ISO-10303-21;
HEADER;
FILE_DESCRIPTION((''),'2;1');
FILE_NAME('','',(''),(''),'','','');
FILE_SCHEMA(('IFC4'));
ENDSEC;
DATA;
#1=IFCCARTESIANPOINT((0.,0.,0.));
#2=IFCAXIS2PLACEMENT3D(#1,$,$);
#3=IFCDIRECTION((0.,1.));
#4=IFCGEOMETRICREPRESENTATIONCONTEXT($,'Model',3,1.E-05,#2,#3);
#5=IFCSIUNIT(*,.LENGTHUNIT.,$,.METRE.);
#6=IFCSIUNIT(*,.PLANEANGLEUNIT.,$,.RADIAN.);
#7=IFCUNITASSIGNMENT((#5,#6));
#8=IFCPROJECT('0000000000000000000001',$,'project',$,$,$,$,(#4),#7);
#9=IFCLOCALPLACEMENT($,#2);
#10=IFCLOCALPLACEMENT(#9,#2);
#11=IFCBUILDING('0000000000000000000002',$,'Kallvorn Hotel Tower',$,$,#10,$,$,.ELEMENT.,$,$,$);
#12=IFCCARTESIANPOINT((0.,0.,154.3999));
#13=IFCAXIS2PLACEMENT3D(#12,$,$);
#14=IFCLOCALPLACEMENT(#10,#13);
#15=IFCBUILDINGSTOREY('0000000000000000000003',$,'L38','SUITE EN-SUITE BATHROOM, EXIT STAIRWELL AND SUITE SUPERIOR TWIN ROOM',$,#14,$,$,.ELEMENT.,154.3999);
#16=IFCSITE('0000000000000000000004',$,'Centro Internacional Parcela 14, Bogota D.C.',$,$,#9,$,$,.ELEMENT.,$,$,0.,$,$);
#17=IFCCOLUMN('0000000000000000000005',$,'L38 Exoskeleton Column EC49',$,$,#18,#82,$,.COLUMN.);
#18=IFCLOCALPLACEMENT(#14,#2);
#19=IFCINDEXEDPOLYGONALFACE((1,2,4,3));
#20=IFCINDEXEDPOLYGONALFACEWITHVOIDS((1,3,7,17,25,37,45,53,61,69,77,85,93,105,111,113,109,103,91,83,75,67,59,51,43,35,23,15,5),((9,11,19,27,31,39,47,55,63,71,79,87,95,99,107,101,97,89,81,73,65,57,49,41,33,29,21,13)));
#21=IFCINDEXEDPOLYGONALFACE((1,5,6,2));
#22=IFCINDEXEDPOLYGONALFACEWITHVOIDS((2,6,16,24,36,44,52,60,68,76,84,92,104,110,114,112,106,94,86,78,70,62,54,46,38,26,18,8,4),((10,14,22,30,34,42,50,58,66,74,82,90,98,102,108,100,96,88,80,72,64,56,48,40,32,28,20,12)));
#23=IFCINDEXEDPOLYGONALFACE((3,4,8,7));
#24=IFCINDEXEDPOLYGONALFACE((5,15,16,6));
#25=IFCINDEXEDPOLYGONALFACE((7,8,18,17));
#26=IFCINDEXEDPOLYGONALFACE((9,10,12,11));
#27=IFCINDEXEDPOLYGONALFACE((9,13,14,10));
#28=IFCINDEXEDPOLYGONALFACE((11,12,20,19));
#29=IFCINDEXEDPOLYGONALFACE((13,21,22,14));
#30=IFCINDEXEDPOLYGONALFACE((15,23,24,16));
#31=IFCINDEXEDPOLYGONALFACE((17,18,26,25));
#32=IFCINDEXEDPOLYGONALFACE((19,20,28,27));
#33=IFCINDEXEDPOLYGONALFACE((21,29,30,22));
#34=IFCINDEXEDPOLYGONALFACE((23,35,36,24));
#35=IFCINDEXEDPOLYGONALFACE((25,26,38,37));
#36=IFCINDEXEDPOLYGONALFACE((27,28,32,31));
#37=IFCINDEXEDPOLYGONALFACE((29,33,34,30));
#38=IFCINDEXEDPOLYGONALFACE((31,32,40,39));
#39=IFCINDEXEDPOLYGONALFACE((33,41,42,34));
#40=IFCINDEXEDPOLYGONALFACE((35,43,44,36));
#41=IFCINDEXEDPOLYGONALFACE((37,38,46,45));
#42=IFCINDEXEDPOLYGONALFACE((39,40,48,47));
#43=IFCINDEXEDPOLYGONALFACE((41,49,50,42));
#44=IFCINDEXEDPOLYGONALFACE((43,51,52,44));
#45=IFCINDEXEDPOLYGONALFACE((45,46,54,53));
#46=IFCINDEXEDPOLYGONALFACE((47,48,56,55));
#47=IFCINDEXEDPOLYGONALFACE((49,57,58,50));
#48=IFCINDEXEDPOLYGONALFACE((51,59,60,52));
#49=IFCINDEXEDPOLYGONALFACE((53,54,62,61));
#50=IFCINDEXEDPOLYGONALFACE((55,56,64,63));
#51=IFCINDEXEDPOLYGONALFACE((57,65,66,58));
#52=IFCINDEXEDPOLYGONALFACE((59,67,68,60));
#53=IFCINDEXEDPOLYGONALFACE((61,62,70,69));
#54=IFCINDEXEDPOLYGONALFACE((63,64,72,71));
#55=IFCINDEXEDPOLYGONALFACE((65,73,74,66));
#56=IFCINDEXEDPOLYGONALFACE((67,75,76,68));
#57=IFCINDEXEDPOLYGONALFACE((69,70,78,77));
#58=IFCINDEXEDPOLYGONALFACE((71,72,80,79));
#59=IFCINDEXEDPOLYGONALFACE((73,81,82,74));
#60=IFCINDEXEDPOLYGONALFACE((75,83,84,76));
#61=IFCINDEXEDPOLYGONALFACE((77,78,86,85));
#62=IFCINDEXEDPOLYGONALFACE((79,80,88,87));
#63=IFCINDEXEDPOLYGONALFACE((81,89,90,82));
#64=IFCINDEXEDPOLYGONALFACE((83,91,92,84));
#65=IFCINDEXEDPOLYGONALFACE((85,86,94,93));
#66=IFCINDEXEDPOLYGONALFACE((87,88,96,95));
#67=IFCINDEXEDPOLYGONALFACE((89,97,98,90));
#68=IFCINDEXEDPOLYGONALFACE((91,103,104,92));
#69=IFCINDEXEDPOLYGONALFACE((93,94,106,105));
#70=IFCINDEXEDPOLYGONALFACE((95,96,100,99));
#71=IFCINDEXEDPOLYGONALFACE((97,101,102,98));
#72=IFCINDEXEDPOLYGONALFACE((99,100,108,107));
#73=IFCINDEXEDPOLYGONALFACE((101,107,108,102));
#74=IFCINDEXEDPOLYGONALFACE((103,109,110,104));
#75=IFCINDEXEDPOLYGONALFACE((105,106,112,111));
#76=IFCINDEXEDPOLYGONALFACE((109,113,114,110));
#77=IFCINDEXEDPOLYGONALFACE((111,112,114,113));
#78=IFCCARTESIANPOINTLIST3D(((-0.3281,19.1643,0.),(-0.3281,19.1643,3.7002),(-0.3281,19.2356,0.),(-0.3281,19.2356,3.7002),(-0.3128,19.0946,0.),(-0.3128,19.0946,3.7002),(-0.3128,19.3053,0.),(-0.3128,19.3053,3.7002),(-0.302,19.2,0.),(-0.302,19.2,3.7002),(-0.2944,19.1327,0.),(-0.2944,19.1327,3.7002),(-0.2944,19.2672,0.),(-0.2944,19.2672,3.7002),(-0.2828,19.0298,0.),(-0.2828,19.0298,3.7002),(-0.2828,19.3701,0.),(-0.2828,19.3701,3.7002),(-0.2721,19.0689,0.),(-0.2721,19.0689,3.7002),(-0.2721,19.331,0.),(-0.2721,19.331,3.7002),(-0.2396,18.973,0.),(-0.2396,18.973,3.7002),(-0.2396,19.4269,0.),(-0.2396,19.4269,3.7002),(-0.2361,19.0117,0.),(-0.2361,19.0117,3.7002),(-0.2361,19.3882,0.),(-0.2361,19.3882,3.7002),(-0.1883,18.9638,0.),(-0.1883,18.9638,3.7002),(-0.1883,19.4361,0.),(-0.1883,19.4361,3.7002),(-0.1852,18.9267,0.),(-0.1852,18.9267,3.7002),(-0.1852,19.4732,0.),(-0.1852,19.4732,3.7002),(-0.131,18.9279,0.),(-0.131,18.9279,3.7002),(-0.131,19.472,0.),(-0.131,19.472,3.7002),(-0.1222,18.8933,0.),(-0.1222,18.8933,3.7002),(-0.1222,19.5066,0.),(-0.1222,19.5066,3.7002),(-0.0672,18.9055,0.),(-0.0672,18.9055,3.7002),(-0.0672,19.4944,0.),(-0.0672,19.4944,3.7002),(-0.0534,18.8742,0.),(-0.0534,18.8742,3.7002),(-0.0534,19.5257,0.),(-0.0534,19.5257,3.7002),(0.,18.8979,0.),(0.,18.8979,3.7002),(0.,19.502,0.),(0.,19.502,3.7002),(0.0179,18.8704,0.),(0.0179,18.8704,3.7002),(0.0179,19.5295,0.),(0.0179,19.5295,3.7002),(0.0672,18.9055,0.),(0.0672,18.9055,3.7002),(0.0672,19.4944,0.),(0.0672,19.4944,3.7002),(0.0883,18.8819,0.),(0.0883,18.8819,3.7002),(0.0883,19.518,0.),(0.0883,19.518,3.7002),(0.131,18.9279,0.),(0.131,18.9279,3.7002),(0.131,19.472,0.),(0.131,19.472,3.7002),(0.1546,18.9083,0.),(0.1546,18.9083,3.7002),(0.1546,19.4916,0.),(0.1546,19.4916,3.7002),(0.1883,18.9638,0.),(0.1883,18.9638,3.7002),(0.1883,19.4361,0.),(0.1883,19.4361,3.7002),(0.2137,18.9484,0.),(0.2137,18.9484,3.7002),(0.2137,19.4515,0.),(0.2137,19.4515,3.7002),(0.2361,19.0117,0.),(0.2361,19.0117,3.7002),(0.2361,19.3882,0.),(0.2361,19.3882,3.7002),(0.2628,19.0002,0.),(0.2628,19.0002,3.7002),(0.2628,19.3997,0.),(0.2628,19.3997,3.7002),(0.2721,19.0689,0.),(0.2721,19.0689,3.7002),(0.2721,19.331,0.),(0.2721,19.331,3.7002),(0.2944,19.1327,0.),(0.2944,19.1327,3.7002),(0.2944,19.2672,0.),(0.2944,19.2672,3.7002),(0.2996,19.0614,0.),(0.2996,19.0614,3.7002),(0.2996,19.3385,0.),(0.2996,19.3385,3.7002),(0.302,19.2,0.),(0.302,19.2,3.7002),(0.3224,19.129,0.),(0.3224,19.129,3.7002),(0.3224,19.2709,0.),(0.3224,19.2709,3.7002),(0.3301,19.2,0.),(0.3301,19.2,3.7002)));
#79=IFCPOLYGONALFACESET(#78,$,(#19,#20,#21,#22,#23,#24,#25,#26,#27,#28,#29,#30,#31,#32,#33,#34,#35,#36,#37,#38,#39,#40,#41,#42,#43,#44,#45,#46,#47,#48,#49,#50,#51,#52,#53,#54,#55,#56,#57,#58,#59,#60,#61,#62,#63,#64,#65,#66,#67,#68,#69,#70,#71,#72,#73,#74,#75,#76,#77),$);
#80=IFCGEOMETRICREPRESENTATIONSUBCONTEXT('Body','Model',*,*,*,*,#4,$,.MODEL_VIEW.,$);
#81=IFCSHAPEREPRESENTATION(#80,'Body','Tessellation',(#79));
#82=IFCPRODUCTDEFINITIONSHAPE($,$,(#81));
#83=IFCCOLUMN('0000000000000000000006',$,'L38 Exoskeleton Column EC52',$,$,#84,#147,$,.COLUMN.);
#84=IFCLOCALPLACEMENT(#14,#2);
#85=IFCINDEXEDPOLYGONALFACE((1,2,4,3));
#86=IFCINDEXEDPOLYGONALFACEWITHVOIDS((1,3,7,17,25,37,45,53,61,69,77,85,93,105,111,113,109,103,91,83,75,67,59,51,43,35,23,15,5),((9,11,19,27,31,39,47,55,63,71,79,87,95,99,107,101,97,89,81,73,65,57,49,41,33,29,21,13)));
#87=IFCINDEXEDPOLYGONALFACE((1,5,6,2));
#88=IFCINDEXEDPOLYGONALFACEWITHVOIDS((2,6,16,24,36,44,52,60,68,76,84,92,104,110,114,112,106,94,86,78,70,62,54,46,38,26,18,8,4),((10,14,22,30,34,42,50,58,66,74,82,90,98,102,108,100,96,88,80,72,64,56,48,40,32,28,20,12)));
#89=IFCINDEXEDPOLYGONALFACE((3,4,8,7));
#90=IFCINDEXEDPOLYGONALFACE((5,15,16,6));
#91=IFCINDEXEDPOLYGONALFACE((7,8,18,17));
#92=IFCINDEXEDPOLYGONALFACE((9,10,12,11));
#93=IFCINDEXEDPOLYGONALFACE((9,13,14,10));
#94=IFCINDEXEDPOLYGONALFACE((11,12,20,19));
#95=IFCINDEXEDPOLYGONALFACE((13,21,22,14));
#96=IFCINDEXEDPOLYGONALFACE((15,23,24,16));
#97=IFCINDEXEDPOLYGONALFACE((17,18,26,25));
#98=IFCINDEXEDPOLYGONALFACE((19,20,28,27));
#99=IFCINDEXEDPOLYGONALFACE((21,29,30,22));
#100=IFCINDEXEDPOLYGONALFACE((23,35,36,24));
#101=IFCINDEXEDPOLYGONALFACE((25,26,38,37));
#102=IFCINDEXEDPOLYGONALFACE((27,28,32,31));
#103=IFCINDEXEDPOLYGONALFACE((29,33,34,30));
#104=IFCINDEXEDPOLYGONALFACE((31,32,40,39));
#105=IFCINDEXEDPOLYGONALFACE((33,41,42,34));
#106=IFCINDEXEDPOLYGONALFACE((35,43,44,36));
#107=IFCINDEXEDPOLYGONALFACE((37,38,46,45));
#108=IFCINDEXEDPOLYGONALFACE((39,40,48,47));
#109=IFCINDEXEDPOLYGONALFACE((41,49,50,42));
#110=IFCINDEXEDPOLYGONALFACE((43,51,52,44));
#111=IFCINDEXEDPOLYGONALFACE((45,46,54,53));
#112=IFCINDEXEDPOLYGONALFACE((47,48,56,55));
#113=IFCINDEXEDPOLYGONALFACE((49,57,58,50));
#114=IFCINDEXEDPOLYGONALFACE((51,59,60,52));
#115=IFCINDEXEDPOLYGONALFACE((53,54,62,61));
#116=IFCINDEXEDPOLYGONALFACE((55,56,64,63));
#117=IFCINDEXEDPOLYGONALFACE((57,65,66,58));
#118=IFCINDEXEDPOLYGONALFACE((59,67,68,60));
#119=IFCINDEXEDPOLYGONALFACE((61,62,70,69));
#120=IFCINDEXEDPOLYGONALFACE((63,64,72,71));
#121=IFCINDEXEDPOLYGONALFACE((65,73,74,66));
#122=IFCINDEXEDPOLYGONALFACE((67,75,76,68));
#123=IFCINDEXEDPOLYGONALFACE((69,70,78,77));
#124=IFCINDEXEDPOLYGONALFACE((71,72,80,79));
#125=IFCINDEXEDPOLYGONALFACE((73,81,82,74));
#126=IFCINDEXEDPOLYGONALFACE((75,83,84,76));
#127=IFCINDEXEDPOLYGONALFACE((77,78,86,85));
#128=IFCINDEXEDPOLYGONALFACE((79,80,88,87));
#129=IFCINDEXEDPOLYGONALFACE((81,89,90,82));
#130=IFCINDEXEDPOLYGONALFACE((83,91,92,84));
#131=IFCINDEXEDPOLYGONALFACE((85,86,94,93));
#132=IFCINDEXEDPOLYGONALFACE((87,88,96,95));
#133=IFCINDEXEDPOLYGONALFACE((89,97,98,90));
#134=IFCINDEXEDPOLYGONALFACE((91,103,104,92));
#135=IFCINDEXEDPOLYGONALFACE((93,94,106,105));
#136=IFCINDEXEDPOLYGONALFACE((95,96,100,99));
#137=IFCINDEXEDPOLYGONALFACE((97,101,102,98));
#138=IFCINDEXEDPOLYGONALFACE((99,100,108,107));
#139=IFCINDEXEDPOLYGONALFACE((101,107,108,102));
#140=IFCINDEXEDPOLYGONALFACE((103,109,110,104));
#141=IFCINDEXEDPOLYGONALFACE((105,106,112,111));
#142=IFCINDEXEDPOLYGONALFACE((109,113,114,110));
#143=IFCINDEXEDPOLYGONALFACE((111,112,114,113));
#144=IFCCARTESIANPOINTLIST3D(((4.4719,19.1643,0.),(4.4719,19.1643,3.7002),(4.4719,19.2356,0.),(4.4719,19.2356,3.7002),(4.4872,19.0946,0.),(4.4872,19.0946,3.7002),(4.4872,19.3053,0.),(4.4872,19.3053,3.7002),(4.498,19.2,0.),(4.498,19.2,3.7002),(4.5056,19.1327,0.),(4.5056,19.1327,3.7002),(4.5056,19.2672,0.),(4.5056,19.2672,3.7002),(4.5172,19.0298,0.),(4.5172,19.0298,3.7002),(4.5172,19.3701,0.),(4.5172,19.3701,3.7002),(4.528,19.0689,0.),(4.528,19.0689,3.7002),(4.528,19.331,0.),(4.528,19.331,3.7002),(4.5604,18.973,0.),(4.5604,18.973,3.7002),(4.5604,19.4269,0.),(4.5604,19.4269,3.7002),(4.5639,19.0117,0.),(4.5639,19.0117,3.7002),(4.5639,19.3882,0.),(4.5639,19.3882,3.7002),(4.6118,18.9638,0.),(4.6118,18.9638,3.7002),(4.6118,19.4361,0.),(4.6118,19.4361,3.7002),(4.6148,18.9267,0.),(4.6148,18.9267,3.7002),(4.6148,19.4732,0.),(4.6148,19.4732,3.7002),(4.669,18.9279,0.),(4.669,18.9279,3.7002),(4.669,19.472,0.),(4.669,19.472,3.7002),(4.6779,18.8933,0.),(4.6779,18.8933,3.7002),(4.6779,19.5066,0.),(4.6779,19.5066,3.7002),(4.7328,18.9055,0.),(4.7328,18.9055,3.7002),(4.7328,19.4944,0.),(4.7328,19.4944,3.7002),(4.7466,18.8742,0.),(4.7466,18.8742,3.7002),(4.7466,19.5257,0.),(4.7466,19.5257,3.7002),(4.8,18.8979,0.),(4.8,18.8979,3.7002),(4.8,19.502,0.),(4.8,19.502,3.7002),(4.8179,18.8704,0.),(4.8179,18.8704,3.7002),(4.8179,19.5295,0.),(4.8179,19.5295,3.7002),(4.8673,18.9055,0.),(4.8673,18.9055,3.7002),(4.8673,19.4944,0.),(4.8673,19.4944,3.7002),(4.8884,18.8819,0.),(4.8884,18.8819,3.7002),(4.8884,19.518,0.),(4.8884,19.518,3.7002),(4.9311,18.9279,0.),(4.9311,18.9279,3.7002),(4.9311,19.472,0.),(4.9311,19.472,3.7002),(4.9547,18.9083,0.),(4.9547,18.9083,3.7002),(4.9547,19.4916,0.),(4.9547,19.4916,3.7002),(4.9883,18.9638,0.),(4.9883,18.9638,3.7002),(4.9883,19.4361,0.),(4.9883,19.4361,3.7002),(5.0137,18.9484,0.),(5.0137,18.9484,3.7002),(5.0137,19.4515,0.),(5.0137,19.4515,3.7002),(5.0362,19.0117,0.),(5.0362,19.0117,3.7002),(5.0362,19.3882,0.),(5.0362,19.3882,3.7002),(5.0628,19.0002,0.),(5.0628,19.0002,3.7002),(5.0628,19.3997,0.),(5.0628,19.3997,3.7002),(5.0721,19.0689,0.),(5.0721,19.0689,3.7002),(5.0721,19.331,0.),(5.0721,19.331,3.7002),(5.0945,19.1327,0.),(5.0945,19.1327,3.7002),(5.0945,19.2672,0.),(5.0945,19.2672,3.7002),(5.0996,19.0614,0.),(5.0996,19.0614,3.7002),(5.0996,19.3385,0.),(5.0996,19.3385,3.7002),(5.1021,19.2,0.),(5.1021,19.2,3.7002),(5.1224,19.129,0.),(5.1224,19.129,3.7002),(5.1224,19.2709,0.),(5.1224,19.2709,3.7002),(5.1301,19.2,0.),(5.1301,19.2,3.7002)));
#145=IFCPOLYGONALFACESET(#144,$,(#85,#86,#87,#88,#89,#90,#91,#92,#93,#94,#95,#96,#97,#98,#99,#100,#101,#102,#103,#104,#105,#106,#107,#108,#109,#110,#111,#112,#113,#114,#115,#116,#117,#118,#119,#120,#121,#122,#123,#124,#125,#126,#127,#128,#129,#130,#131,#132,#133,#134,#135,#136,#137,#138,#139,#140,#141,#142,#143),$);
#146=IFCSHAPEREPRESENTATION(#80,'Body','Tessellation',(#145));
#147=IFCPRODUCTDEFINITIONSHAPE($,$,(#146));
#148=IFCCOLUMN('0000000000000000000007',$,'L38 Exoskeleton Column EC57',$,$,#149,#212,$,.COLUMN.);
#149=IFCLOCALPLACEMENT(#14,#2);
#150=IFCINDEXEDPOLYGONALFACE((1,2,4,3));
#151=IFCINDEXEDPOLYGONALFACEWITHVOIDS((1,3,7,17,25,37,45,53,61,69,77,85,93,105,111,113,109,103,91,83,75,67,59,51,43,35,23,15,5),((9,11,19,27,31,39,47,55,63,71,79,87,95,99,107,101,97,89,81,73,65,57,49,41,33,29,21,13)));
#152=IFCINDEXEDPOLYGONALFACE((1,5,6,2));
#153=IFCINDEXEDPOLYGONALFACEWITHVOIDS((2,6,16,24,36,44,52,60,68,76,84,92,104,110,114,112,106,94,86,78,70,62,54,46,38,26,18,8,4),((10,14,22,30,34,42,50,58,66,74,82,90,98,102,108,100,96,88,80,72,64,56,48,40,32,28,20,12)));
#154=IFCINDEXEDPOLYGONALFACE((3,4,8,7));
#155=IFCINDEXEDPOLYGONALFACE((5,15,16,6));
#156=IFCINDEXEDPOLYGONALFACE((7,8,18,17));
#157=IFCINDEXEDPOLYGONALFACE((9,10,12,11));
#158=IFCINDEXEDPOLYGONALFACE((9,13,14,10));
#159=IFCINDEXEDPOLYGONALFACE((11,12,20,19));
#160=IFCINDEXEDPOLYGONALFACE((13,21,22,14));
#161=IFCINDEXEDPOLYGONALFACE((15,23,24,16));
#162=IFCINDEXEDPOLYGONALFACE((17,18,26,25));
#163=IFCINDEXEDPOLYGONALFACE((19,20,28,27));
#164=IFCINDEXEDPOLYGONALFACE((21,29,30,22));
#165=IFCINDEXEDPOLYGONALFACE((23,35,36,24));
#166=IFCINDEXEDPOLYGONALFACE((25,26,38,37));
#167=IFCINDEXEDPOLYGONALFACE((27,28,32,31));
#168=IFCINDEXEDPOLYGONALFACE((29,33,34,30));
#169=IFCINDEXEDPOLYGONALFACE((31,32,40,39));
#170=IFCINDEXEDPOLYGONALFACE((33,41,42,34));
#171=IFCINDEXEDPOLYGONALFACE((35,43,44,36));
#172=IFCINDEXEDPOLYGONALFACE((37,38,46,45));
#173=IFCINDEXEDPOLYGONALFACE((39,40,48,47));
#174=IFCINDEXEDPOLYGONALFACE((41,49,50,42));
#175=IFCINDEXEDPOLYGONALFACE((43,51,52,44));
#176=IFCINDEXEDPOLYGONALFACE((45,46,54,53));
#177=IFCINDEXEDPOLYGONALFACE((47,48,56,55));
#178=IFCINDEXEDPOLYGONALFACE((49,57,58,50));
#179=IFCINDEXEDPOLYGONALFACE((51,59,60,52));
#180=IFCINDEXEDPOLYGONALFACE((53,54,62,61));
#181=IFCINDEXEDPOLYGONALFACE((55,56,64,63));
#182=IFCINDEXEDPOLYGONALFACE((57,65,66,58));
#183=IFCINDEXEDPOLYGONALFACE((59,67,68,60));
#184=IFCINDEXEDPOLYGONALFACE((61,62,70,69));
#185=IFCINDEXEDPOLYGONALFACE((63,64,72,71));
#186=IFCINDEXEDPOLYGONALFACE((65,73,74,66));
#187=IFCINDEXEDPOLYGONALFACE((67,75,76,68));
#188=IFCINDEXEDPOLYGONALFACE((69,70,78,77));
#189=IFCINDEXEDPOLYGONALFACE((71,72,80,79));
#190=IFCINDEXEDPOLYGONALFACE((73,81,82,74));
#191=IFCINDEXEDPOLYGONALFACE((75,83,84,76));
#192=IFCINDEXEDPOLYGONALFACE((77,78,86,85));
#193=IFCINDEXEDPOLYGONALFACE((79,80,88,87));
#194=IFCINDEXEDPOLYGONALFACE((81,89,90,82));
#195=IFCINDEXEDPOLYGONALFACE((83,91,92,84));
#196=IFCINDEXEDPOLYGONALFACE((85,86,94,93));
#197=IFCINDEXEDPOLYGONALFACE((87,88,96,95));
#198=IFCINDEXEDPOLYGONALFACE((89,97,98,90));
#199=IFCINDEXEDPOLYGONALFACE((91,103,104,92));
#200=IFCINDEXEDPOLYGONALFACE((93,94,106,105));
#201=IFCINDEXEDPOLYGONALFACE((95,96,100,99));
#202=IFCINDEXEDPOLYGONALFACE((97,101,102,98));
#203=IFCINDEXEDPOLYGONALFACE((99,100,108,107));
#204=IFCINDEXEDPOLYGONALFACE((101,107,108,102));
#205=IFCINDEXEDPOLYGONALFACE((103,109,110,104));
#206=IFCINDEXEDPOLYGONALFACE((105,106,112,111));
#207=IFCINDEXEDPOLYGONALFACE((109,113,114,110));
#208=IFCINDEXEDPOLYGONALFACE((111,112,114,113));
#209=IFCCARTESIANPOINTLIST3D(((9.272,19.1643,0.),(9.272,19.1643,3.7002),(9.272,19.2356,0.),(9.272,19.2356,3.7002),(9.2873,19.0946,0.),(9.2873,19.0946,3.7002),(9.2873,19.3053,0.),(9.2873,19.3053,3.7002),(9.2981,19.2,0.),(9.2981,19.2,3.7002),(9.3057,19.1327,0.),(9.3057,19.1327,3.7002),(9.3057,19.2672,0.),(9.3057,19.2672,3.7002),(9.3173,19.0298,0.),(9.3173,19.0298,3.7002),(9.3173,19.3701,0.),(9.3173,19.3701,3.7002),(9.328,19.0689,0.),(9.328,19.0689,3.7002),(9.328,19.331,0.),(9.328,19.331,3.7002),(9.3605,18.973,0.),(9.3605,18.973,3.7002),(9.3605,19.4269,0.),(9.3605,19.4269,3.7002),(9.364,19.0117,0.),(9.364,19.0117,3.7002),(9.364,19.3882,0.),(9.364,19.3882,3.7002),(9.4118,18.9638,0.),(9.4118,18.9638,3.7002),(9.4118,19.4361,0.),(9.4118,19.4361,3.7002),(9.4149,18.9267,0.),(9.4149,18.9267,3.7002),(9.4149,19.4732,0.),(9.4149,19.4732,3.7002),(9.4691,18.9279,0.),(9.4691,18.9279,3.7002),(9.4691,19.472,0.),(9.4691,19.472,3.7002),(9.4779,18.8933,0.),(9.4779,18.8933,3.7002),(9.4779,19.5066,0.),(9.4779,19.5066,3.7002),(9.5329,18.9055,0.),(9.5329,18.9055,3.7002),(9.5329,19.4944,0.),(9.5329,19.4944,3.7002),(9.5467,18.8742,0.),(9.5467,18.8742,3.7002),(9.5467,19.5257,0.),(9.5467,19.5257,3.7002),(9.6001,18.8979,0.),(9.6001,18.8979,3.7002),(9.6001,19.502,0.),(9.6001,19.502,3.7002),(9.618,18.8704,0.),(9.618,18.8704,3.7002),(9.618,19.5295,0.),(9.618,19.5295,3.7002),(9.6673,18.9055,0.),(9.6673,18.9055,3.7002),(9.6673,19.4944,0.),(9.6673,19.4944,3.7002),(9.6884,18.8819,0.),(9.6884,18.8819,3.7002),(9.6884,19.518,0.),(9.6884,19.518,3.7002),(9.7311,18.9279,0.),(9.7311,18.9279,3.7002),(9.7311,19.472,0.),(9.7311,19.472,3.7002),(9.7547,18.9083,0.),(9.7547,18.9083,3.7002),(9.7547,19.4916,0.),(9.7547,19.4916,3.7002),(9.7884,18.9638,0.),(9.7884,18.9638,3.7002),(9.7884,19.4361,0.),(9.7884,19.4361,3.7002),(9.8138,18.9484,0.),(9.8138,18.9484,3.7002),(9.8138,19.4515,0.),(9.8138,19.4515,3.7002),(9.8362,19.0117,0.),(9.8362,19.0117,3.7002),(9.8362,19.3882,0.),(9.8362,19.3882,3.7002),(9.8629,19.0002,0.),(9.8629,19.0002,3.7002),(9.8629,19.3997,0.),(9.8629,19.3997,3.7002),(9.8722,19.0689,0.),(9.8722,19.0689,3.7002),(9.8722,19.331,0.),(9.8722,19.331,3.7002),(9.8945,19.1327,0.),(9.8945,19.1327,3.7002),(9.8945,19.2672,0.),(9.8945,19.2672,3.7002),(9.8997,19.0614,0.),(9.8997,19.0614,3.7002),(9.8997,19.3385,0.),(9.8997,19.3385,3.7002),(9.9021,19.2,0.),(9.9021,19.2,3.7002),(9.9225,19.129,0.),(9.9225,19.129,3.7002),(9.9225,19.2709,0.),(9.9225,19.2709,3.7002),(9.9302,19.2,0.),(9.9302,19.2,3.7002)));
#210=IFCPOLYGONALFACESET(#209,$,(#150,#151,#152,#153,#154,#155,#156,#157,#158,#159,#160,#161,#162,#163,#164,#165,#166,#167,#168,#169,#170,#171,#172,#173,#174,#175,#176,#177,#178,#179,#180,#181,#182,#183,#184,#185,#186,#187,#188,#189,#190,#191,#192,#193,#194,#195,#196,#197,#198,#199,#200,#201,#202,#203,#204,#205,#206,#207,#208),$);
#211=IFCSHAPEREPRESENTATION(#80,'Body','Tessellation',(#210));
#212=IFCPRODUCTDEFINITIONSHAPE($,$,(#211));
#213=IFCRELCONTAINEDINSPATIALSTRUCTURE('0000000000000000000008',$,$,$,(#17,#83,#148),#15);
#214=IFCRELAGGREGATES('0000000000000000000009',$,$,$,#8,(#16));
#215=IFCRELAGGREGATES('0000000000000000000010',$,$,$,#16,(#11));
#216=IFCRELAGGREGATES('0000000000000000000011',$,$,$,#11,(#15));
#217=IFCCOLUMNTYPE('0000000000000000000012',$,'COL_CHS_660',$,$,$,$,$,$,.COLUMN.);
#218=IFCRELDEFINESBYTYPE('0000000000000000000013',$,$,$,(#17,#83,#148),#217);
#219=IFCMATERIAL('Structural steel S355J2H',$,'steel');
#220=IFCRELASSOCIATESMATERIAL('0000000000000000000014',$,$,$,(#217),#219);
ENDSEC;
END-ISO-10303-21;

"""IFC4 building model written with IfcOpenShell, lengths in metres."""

from ifc_helpers import new_model, si_unit, direction, frame, origin, origin_2d, place, context, subcontext, project, spatial, hollow_circle, extrude, material, material_profile, profile_set, type_object, element, save


model = new_model("IFC4")

# Units and contexts
model_context = context("Model", 3, precision=1e-05, world=origin(), true_north=direction((0.0, 1.0)))
body_context = subcontext(model_context, "Body", "Model", "MODEL_VIEW")
ifc_project = project(units=[si_unit("LENGTHUNIT", "METRE"), si_unit("PLANEANGLEUNIT", "RADIAN")], contexts=[model_context])

# Site, building, storey
site_placement = place(None, origin())
site = spatial("IfcSite", under=ifc_project, at=site_placement, Name="Centro Internacional Parcela 14, Bogota D.C.", CompositionType="ELEMENT", RefElevation=0.0)
building_placement = place(site_placement, origin())
building = spatial("IfcBuilding", under=site, at=building_placement, Name="Kallvorn Hotel Tower", CompositionType="ELEMENT")
storey_placement = place(building_placement, frame((0.0, 0.0, 154.3999)))
storey = spatial("IfcBuildingStorey", under=building, at=storey_placement, Name="L38", Description="SUITE EN-SUITE BATHROOM, EXIT STAIRWELL AND SUITE SUPERIOR TWIN ROOM", CompositionType="ELEMENT", Elevation=154.3999)

# Columns
ifc_material_1 = material(Name="Structural steel S355J2H", Category="steel")
ifc_material_profile_1 = material_profile(ifc_material_1, hollow_circle(Radius=0.3301, WallThickness=0.0281, at=origin_2d()), Name="CHS 660x28")
ifc_profile_set_1 = profile_set([ifc_material_profile_1], Name="Structural steel S355J2H")
column_type_1 = type_object("IfcColumnType", Name="COL_CHS_660", PredefinedType="COLUMN", material=ifc_profile_set_1)
for number, where, z_axis, x_axis, name in (
    (1, (0.0, 19.2, 0.0), (0.0, 0.0, 1.0), (1.0, 0.0, 0.0), "L38 Exoskeleton Column EC49"),
    (2, (4.8, 19.2, 0.0), (0.0, 0.0, 1.0), (1.0, 0.0, 0.0), "L38 Exoskeleton Column EC52"),
    (3, (9.6001, 19.2, 0.0), (0.0, 0.0, 1.0), (1.0, 0.0, 0.0), "L38 Exoskeleton Column EC57"),
):
    element("IfcColumn", number, at=place(storey_placement, frame(where, z_axis=z_axis, x_axis=x_axis)), inside=storey, type_object=column_type_1, Name=name, PredefinedType="COLUMN", context=body_context, shape_type="SweptSolid", body=[
        extrude(hollow_circle(Radius=0.3301, WallThickness=0.0281, at=origin_2d()), origin(), (0.0, 0.0, 1.0), 3.7002),
    ])

save(model, "model.ifc")
